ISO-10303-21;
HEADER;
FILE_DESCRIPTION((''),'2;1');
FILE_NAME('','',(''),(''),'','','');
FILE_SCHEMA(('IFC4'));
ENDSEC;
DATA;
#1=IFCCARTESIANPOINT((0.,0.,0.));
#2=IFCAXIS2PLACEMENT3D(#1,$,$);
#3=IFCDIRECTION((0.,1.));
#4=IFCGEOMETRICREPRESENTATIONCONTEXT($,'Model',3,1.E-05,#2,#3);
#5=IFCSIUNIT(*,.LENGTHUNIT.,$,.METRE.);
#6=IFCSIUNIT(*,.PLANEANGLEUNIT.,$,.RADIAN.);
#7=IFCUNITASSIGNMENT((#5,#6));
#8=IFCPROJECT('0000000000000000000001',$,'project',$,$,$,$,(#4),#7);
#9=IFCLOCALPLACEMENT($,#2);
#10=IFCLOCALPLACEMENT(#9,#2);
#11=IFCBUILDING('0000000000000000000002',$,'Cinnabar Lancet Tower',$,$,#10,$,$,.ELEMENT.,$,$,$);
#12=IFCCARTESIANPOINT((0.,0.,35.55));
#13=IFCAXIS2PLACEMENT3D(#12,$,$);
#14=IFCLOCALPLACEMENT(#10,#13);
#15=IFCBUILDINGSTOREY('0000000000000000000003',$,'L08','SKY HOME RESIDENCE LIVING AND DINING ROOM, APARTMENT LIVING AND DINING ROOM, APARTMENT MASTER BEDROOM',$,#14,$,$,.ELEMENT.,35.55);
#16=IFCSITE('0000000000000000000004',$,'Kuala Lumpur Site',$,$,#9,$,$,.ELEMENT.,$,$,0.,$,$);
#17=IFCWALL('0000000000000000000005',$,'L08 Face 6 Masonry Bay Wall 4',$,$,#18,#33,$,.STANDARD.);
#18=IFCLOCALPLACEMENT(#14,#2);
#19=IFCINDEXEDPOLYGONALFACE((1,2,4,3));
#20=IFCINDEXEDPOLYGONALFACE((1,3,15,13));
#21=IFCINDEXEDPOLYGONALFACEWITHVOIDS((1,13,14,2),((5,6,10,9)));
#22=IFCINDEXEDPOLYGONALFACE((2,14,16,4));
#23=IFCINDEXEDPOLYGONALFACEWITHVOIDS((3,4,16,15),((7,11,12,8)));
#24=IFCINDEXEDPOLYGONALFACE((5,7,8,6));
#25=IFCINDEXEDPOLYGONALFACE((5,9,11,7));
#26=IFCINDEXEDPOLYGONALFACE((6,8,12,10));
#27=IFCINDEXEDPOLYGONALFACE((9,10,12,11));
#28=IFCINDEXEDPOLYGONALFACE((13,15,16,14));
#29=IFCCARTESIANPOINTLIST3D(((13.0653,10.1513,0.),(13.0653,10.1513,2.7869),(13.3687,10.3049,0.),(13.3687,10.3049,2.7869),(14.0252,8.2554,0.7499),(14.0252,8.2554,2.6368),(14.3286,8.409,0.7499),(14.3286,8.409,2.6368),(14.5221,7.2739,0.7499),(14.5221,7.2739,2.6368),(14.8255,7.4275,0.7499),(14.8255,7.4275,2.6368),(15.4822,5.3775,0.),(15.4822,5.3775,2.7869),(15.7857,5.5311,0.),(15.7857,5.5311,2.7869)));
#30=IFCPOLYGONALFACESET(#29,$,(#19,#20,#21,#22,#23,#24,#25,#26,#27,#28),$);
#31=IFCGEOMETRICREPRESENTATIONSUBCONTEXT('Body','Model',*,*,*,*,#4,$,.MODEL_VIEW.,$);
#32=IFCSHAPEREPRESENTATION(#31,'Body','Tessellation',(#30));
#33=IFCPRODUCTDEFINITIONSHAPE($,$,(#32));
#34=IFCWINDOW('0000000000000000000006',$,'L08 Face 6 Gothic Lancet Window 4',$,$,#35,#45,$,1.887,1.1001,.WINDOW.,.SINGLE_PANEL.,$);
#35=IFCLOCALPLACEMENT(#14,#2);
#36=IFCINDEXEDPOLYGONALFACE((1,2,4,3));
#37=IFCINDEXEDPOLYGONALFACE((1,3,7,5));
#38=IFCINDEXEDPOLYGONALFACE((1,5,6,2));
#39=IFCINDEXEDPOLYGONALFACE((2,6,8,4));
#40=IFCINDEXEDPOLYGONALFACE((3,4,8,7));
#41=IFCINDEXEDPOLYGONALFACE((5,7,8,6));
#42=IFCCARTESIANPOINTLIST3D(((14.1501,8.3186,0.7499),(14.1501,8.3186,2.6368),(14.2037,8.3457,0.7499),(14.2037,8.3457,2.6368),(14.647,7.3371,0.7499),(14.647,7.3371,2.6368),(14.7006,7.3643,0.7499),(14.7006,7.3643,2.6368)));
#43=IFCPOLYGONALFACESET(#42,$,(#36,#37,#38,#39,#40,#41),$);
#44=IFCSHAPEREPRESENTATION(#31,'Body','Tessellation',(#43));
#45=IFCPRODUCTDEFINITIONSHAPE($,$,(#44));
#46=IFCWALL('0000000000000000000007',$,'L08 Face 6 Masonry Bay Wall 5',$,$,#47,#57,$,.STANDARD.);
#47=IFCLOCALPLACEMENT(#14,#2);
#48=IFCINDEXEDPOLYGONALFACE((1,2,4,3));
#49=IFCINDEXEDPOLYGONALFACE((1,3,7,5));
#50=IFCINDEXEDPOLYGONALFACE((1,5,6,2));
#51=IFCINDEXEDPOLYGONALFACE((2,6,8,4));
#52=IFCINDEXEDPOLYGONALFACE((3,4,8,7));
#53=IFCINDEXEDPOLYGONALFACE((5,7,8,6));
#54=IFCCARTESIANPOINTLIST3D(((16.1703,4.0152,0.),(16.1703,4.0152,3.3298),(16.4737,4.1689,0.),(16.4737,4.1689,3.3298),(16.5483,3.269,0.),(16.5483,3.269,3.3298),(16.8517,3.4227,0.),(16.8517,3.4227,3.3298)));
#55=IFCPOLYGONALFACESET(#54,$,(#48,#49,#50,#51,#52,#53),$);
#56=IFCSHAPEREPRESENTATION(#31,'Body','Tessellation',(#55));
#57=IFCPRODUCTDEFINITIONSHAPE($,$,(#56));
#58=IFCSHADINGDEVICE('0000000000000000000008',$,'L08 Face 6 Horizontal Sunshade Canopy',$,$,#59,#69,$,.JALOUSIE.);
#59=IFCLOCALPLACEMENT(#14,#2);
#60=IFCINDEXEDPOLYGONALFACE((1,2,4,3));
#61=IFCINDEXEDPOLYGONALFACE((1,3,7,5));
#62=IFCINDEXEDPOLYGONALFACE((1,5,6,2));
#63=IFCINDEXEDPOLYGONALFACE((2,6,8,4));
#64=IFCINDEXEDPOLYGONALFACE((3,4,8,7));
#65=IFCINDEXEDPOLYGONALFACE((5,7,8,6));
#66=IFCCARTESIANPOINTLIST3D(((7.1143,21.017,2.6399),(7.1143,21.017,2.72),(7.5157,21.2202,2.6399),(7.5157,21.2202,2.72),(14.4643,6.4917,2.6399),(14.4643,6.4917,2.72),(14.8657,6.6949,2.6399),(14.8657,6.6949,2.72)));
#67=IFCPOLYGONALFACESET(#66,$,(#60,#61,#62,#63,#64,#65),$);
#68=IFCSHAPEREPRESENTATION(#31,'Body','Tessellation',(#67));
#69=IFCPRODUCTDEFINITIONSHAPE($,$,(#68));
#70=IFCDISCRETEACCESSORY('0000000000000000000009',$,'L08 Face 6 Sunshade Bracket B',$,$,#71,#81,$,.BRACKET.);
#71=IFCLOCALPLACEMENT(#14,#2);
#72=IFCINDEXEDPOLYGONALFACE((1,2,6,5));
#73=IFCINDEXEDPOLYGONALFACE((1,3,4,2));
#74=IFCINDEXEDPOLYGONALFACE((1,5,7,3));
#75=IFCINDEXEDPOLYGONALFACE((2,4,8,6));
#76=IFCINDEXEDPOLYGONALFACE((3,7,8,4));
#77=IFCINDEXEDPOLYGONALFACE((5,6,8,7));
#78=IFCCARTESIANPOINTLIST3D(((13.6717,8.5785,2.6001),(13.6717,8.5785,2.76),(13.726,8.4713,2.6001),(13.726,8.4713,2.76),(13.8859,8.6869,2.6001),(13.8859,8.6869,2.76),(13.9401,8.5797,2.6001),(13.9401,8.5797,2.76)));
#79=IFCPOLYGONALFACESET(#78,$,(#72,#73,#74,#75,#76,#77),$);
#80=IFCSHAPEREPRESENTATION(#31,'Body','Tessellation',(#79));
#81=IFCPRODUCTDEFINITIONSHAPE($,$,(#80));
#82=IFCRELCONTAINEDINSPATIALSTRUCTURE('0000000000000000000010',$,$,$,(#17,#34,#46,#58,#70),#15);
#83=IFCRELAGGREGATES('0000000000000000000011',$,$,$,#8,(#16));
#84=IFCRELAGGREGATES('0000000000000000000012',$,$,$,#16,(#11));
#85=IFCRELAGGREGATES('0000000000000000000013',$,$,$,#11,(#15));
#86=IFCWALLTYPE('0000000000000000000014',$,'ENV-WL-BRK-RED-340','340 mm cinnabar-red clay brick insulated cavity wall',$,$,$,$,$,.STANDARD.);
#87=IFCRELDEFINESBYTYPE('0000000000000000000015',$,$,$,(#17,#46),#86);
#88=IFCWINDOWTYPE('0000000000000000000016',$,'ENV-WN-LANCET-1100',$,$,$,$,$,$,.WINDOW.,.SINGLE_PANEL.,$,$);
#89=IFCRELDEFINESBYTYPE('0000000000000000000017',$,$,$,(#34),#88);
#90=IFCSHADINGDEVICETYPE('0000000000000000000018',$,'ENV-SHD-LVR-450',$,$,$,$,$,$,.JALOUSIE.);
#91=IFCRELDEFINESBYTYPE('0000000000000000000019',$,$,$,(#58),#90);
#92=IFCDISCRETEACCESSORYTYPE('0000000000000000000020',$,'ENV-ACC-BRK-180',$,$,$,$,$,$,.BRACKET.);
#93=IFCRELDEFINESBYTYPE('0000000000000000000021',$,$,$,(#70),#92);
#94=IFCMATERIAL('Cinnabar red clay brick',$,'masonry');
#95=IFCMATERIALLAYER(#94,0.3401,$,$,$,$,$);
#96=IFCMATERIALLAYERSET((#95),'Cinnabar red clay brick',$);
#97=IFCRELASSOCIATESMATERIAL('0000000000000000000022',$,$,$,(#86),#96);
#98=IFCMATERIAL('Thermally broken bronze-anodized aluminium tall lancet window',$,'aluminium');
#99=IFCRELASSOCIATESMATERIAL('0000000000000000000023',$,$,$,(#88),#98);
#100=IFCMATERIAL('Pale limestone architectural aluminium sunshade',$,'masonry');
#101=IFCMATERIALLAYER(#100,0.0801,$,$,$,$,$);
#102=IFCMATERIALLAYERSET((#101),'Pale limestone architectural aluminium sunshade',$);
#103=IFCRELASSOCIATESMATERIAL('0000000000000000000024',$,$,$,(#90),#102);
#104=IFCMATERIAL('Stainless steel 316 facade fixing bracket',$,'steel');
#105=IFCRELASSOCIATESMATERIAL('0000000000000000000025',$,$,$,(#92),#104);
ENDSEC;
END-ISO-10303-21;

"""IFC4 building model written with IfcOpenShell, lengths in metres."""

from ifc_helpers import new_model, si_unit, direction, frame, frame_2d, origin, origin_2d, place, context, subcontext, project, spatial, rectangle, extrude, material, layer, layer_set, type_object, element, fill, save


model = new_model("IFC4")

# Units and contexts
model_context = context("Model", 3, precision=1e-05, world=origin(), true_north=direction((0.0, 1.0)))
body_context = subcontext(model_context, "Body", "Model", "MODEL_VIEW")
ifc_project = project(units=[si_unit("LENGTHUNIT", "METRE"), si_unit("PLANEANGLEUNIT", "RADIAN")], contexts=[model_context])

# Site, building, storey
site_placement = place(None, origin())
site = spatial("IfcSite", under=ifc_project, at=site_placement, Name="Kuala Lumpur Site", CompositionType="ELEMENT", RefElevation=0.0)
building_placement = place(site_placement, origin())
building = spatial("IfcBuilding", under=site, at=building_placement, Name="Cinnabar Lancet Tower", CompositionType="ELEMENT")
storey_placement = place(building_placement, frame((0.0, 0.0, 35.55)))
storey = spatial("IfcBuildingStorey", under=building, at=storey_placement, Name="L08", Description="SKY HOME RESIDENCE LIVING AND DINING ROOM, APARTMENT LIVING AND DINING ROOM, APARTMENT MASTER BEDROOM", CompositionType="ELEMENT", Elevation=35.55)

# Wall, opening, window
ifc_material_1 = material(Name="Cinnabar red clay brick", Category="masonry")
ifc_layer_1 = layer(ifc_material_1, 0.3401)
ifc_layer_set_1 = layer_set([ifc_layer_1], Name="Cinnabar red clay brick")
wall_type_1 = type_object("IfcWallType", Name="ENV-WL-BRK-RED-340", Description="340 mm cinnabar-red clay brick insulated cavity wall", PredefinedType="STANDARD", material=ifc_layer_set_1)
wall_1_placement = place(storey_placement, frame((13.217, 10.228, 0.0), z_axis=(0.0, 0.0, 1.0), x_axis=(0.451698, -0.892171, 0.0)))
wall_1 = element("IfcWall", 1, at=wall_1_placement, inside=storey, type_object=wall_type_1, Name="L08 Face 6 Masonry Bay Wall 4", PredefinedType="STANDARD", context=body_context, shape_type="SweptSolid", body=[
    extrude(rectangle(XDim=5.3508, YDim=0.3401, at=frame_2d((2.6753, 0.0))), origin(), (0.0, 0.0, 1.0), 2.7869),
])
opening_placement = place(wall_1_placement, frame((2.125, 0.0, 0.75)))
opening = element("IfcOpeningElement", 2, at=opening_placement, cuts=wall_1, PredefinedType="OPENING", context=body_context, shape_type="SweptSolid", body=[
    extrude(rectangle(XDim=1.1001, YDim=1.887, at=frame_2d((0.55, 0.9434))), frame((0.0, 0.1799, 0.0), z_axis=(0.0, -1.0, 0.0), x_axis=(1.0, 0.0, 0.0)), (0.0, 0.0, 1.0), 0.3601),
])
ifc_material_2 = material(Name="Thermally broken bronze-anodized aluminium tall lancet window", Category="aluminium")
window_type = type_object("IfcWindowType", Name="ENV-WN-LANCET-1100", PartitioningType="SINGLE_PANEL", PredefinedType="WINDOW", material=ifc_material_2)
window_placement = place(opening_placement, origin())
window = element("IfcWindow", 3, at=window_placement, inside=storey, type_object=window_type, Name="L08 Face 6 Gothic Lancet Window 4", OverallHeight=1.887, OverallWidth=1.1001, PartitioningType="SINGLE_PANEL", PredefinedType="WINDOW", context=body_context, shape_type="SweptSolid", body=[
    extrude(rectangle(XDim=1.1001, YDim=1.887, at=frame_2d((0.55, 0.9434))), frame((0.0, 0.03, 0.0), z_axis=(0.0, -1.0, 0.0), x_axis=(1.0, 0.0, 0.0)), (0.0, 0.0, 1.0), 0.0601),
])
fill(opening, window)

# Wall
wall_2_placement = place(storey_placement, frame((16.322, 4.092, 0.0), z_axis=(0.0, 0.0, 1.0), x_axis=(0.451878, -0.89208, 0.0)))
element("IfcWall", 4, at=wall_2_placement, inside=storey, type_object=wall_type_1, Name="L08 Face 6 Masonry Bay Wall 5", PredefinedType="STANDARD", context=body_context, shape_type="SweptSolid", body=[
    extrude(rectangle(XDim=0.8364, YDim=0.3401, at=frame_2d((0.4182, 0.0))), origin(), (0.0, 0.0, 1.0), 3.3298),
])

# Shading device
ifc_material_3 = material(Name="Pale limestone architectural aluminium sunshade", Category="masonry")
ifc_layer_2 = layer(ifc_material_3, 0.0801)
ifc_layer_set_2 = layer_set([ifc_layer_2], Name="Pale limestone architectural aluminium sunshade")
shading_device_type = type_object("IfcShadingDeviceType", Name="ENV-SHD-LVR-450", PredefinedType="JALOUSIE", material=ifc_layer_set_2)
shading_device_placement = place(storey_placement, frame((10.99, 13.856, 2.6399), z_axis=(0.0, 0.0, 1.0), x_axis=(0.451501, -0.892271, 0.0)))
element("IfcShadingDevice", 5, at=shading_device_placement, inside=storey, type_object=shading_device_type, Name="L08 Face 6 Horizontal Sunshade Canopy", PredefinedType="JALOUSIE", context=body_context, shape_type="SweptSolid", body=[
    extrude(rectangle(XDim=16.2791, YDim=0.45, at=origin_2d()), origin(), (0.0, 0.0, 1.0), 0.0801),
])

# Discrete accessory
ifc_material_4 = material(Name="Stainless steel 316 facade fixing bracket", Category="steel")
discrete_accessory_type = type_object("IfcDiscreteAccessoryType", Name="ENV-ACC-BRK-180", PredefinedType="BRACKET", material=ifc_material_4)
discrete_accessory_placement = place(storey_placement, frame((13.8059, 8.5791, 2.6001), z_axis=(0.0, 0.0, 1.0), x_axis=(0.451501, -0.892271, 0.0)))
element("IfcDiscreteAccessory", 6, at=discrete_accessory_placement, inside=storey, type_object=discrete_accessory_type, Name="L08 Face 6 Sunshade Bracket B", PredefinedType="BRACKET", context=body_context, shape_type="SweptSolid", body=[
    extrude(rectangle(XDim=0.1201, YDim=0.24, at=origin_2d()), origin(), (0.0, 0.0, 1.0), 0.1599),
])

save(model, "model.ifc")
